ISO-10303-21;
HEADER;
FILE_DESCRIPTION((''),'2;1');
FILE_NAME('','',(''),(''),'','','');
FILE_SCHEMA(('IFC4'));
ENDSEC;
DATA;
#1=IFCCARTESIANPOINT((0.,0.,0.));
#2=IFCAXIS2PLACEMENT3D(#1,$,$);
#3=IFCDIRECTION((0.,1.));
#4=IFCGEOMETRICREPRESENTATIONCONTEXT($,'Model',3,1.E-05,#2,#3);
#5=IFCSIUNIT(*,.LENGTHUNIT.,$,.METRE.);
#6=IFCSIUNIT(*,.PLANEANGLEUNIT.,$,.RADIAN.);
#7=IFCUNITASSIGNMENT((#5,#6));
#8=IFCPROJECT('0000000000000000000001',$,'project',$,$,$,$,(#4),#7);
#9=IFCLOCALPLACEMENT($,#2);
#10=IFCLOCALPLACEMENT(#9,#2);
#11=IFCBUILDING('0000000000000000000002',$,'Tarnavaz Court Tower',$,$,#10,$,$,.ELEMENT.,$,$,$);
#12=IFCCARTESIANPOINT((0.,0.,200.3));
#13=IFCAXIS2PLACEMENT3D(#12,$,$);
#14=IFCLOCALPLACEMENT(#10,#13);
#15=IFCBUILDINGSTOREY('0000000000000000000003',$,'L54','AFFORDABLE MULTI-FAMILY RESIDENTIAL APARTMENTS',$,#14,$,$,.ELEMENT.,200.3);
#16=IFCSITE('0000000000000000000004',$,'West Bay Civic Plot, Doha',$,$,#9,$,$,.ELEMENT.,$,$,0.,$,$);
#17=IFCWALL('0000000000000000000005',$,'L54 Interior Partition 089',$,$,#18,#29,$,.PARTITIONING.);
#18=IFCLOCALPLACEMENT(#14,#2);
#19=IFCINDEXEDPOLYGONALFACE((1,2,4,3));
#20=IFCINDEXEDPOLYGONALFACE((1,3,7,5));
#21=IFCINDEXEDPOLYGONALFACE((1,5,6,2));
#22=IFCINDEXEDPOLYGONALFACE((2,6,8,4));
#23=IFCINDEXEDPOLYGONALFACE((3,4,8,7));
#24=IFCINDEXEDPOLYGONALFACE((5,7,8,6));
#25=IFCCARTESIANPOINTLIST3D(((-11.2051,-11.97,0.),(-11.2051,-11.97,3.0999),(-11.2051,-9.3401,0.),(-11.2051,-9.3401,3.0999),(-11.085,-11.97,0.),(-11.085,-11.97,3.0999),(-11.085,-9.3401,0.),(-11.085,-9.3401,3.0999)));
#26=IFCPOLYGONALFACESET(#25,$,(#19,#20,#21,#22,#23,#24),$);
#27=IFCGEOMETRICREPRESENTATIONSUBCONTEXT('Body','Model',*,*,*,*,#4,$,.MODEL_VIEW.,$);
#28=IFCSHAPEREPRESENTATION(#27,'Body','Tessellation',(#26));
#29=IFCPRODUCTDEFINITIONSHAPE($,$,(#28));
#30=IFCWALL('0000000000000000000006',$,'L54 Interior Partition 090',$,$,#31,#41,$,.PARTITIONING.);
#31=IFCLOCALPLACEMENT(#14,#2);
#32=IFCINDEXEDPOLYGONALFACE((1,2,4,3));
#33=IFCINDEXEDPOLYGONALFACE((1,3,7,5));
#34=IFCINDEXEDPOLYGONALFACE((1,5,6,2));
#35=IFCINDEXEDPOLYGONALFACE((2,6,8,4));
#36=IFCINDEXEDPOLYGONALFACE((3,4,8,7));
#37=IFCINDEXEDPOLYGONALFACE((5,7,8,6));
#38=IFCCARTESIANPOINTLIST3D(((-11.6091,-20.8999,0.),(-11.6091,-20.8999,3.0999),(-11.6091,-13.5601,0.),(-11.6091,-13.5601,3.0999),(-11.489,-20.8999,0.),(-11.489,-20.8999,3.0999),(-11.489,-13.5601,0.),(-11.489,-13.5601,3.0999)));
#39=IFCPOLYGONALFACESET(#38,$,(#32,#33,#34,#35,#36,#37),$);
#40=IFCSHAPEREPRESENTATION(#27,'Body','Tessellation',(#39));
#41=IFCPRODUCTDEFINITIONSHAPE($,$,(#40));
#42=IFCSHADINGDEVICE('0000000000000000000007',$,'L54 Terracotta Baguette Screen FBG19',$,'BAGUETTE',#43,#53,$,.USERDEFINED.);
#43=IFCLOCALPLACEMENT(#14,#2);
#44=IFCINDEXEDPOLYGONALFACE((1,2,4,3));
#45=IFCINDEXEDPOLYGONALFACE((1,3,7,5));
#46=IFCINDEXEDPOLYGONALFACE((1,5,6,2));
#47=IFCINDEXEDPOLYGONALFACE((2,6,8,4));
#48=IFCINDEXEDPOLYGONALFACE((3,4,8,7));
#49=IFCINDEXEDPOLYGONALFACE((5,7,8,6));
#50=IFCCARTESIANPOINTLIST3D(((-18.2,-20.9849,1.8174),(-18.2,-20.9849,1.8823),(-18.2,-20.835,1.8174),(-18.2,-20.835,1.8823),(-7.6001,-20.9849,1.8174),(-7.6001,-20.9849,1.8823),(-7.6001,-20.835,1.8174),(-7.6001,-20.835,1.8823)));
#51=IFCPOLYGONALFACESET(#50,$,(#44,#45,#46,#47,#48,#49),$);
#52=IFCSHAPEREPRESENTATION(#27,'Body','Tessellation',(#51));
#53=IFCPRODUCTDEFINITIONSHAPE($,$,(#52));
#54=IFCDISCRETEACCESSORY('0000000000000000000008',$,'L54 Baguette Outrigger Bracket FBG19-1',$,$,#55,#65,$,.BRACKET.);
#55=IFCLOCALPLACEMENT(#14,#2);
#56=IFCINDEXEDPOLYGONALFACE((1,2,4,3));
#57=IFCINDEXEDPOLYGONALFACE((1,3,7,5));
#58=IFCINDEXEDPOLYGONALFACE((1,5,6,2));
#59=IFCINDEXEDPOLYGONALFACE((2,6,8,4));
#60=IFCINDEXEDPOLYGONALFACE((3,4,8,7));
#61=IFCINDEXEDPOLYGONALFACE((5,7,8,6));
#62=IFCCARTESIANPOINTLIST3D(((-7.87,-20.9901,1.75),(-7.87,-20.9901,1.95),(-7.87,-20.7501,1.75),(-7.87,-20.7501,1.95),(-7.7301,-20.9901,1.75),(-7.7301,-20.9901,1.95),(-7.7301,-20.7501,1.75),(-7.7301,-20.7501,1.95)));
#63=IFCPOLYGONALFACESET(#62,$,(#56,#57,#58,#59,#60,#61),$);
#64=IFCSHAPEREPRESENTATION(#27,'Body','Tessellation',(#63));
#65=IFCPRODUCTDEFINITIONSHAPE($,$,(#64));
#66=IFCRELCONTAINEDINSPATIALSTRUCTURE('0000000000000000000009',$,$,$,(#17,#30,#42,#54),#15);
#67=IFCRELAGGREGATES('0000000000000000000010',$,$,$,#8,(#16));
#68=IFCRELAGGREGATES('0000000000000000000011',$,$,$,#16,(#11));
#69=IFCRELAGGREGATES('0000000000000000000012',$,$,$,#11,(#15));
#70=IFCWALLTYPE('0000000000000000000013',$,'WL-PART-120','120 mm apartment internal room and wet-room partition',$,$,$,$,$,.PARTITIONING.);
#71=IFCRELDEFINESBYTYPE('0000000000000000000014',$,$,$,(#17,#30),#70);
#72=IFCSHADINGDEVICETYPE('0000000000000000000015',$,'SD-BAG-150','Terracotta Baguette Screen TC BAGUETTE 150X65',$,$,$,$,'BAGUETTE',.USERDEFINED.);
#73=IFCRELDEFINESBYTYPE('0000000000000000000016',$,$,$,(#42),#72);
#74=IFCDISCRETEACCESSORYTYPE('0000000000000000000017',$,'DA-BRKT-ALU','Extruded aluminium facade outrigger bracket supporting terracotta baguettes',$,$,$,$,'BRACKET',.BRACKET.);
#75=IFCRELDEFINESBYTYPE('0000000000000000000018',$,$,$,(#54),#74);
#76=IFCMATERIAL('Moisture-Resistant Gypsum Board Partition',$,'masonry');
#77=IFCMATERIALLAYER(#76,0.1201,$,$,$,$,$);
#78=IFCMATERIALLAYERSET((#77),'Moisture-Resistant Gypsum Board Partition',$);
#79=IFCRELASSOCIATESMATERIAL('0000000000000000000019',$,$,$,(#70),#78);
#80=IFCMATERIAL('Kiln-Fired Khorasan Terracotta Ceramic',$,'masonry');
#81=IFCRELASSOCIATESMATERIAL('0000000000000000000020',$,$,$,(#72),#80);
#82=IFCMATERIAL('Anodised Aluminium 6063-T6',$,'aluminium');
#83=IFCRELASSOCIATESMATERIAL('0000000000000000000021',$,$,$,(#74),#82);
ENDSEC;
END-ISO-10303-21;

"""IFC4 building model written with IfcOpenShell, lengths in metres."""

from ifc_helpers import new_model, si_unit, direction, frame, frame_2d, origin, origin_2d, place, context, subcontext, project, spatial, rectangle, extrude, material, layer, layer_set, material_profile, profile_set, type_object, element, save


model = new_model("IFC4")

# Units and contexts
model_context = context("Model", 3, precision=1e-05, world=origin(), true_north=direction((0.0, 1.0)))
body_context = subcontext(model_context, "Body", "Model", "MODEL_VIEW")
ifc_project = project(units=[si_unit("LENGTHUNIT", "METRE"), si_unit("PLANEANGLEUNIT", "RADIAN")], contexts=[model_context])

# Site, building, storey
site_placement = place(None, origin())
site = spatial("IfcSite", under=ifc_project, at=site_placement, Name="West Bay Civic Plot, Doha", CompositionType="ELEMENT", RefElevation=0.0)
building_placement = place(site_placement, origin())
building = spatial("IfcBuilding", under=site, at=building_placement, Name="Tarnavaz Court Tower", CompositionType="ELEMENT")
storey_placement = place(building_placement, frame((0.0, 0.0, 200.3)))
storey = spatial("IfcBuildingStorey", under=building, at=storey_placement, Name="L54", Description="AFFORDABLE MULTI-FAMILY RESIDENTIAL APARTMENTS", CompositionType="ELEMENT", Elevation=200.3)

# Shared definitions
ifc_material_1 = material(Name="Moisture-Resistant Gypsum Board Partition", Category="masonry")
ifc_layer_1 = layer(ifc_material_1, 0.1201)
ifc_layer_set_1 = layer_set([ifc_layer_1], Name="Moisture-Resistant Gypsum Board Partition")
wall_type_1 = type_object("IfcWallType", Name="WL-PART-120", Description="120 mm apartment internal room and wet-room partition", PredefinedType="PARTITIONING", material=ifc_layer_set_1)

# Walls
wall_1_placement = place(storey_placement, frame((-11.145, -11.97, 0.0), z_axis=(0.0, 0.0, 1.0), x_axis=(0.0, 1.0, 0.0)))
element("IfcWall", 1, at=wall_1_placement, inside=storey, type_object=wall_type_1, Name="L54 Interior Partition 089", PredefinedType="PARTITIONING", context=body_context, shape_type="SweptSolid", body=[
    extrude(rectangle(XDim=2.6299, YDim=0.1201, at=frame_2d((1.3149, 0.0))), origin(), (0.0, 0.0, 1.0), 3.0999),
])
wall_2_placement = place(storey_placement, frame((-11.5491, -20.8999, 0.0), z_axis=(0.0, 0.0, 1.0), x_axis=(0.0, 1.0, 0.0)))
element("IfcWall", 2, at=wall_2_placement, inside=storey, type_object=wall_type_1, Name="L54 Interior Partition 090", PredefinedType="PARTITIONING", context=body_context, shape_type="SweptSolid", body=[
    extrude(rectangle(XDim=7.3398, YDim=0.1201, at=frame_2d((3.6699, 0.0))), origin(), (0.0, 0.0, 1.0), 3.0999),
])

# Shading device
ifc_material_2 = material(Name="Kiln-Fired Khorasan Terracotta Ceramic", Category="masonry")
ifc_material_profile_1 = material_profile(ifc_material_2, rectangle(XDim=0.1499, YDim=0.0649, at=origin_2d()), Name="TC BAGUETTE 150X65")
ifc_profile_set_1 = profile_set([ifc_material_profile_1], Name="Kiln-Fired Khorasan Terracotta Ceramic")
shading_device_type = type_object("IfcShadingDeviceType", Name="SD-BAG-150", Description="Terracotta Baguette Screen TC BAGUETTE 150X65", ElementType="BAGUETTE", PredefinedType="USERDEFINED", material=ifc_profile_set_1)
shading_device_placement = place(storey_placement, frame((-7.6001, -20.9099, 1.8499), z_axis=(-1.0, 0.0, 0.0), x_axis=(0.0, -1.0, 0.0)))
element("IfcShadingDevice", 3, at=shading_device_placement, inside=storey, type_object=shading_device_type, Name="L54 Terracotta Baguette Screen FBG19", ObjectType="BAGUETTE", PredefinedType="USERDEFINED", context=body_context, shape_type="SweptSolid", body=[
    extrude(rectangle(XDim=0.1499, YDim=0.0649, at=origin_2d()), origin(), (0.0, 0.0, 1.0), 10.5999),
])

# Discrete accessory
ifc_material_3 = material(Name="Anodised Aluminium 6063-T6", Category="aluminium")
discrete_accessory_type = type_object("IfcDiscreteAccessoryType", Name="DA-BRKT-ALU", Description="Extruded aluminium facade outrigger bracket supporting terracotta baguettes", ElementType="BRACKET", PredefinedType="BRACKET", material=ifc_material_3)
discrete_accessory_placement = place(storey_placement, frame((-7.8, -20.8701, 1.75), z_axis=(0.0, 0.0, 1.0), x_axis=(-1.0, 0.0, 0.0)))
element("IfcDiscreteAccessory", 4, at=discrete_accessory_placement, inside=storey, type_object=discrete_accessory_type, Name="L54 Baguette Outrigger Bracket FBG19-1", PredefinedType="BRACKET", context=body_context, shape_type="SweptSolid", body=[
    extrude(rectangle(XDim=0.1399, YDim=0.24, at=origin_2d()), origin(), (0.0, 0.0, 1.0), 0.2),
])

save(model, "model.ifc")
